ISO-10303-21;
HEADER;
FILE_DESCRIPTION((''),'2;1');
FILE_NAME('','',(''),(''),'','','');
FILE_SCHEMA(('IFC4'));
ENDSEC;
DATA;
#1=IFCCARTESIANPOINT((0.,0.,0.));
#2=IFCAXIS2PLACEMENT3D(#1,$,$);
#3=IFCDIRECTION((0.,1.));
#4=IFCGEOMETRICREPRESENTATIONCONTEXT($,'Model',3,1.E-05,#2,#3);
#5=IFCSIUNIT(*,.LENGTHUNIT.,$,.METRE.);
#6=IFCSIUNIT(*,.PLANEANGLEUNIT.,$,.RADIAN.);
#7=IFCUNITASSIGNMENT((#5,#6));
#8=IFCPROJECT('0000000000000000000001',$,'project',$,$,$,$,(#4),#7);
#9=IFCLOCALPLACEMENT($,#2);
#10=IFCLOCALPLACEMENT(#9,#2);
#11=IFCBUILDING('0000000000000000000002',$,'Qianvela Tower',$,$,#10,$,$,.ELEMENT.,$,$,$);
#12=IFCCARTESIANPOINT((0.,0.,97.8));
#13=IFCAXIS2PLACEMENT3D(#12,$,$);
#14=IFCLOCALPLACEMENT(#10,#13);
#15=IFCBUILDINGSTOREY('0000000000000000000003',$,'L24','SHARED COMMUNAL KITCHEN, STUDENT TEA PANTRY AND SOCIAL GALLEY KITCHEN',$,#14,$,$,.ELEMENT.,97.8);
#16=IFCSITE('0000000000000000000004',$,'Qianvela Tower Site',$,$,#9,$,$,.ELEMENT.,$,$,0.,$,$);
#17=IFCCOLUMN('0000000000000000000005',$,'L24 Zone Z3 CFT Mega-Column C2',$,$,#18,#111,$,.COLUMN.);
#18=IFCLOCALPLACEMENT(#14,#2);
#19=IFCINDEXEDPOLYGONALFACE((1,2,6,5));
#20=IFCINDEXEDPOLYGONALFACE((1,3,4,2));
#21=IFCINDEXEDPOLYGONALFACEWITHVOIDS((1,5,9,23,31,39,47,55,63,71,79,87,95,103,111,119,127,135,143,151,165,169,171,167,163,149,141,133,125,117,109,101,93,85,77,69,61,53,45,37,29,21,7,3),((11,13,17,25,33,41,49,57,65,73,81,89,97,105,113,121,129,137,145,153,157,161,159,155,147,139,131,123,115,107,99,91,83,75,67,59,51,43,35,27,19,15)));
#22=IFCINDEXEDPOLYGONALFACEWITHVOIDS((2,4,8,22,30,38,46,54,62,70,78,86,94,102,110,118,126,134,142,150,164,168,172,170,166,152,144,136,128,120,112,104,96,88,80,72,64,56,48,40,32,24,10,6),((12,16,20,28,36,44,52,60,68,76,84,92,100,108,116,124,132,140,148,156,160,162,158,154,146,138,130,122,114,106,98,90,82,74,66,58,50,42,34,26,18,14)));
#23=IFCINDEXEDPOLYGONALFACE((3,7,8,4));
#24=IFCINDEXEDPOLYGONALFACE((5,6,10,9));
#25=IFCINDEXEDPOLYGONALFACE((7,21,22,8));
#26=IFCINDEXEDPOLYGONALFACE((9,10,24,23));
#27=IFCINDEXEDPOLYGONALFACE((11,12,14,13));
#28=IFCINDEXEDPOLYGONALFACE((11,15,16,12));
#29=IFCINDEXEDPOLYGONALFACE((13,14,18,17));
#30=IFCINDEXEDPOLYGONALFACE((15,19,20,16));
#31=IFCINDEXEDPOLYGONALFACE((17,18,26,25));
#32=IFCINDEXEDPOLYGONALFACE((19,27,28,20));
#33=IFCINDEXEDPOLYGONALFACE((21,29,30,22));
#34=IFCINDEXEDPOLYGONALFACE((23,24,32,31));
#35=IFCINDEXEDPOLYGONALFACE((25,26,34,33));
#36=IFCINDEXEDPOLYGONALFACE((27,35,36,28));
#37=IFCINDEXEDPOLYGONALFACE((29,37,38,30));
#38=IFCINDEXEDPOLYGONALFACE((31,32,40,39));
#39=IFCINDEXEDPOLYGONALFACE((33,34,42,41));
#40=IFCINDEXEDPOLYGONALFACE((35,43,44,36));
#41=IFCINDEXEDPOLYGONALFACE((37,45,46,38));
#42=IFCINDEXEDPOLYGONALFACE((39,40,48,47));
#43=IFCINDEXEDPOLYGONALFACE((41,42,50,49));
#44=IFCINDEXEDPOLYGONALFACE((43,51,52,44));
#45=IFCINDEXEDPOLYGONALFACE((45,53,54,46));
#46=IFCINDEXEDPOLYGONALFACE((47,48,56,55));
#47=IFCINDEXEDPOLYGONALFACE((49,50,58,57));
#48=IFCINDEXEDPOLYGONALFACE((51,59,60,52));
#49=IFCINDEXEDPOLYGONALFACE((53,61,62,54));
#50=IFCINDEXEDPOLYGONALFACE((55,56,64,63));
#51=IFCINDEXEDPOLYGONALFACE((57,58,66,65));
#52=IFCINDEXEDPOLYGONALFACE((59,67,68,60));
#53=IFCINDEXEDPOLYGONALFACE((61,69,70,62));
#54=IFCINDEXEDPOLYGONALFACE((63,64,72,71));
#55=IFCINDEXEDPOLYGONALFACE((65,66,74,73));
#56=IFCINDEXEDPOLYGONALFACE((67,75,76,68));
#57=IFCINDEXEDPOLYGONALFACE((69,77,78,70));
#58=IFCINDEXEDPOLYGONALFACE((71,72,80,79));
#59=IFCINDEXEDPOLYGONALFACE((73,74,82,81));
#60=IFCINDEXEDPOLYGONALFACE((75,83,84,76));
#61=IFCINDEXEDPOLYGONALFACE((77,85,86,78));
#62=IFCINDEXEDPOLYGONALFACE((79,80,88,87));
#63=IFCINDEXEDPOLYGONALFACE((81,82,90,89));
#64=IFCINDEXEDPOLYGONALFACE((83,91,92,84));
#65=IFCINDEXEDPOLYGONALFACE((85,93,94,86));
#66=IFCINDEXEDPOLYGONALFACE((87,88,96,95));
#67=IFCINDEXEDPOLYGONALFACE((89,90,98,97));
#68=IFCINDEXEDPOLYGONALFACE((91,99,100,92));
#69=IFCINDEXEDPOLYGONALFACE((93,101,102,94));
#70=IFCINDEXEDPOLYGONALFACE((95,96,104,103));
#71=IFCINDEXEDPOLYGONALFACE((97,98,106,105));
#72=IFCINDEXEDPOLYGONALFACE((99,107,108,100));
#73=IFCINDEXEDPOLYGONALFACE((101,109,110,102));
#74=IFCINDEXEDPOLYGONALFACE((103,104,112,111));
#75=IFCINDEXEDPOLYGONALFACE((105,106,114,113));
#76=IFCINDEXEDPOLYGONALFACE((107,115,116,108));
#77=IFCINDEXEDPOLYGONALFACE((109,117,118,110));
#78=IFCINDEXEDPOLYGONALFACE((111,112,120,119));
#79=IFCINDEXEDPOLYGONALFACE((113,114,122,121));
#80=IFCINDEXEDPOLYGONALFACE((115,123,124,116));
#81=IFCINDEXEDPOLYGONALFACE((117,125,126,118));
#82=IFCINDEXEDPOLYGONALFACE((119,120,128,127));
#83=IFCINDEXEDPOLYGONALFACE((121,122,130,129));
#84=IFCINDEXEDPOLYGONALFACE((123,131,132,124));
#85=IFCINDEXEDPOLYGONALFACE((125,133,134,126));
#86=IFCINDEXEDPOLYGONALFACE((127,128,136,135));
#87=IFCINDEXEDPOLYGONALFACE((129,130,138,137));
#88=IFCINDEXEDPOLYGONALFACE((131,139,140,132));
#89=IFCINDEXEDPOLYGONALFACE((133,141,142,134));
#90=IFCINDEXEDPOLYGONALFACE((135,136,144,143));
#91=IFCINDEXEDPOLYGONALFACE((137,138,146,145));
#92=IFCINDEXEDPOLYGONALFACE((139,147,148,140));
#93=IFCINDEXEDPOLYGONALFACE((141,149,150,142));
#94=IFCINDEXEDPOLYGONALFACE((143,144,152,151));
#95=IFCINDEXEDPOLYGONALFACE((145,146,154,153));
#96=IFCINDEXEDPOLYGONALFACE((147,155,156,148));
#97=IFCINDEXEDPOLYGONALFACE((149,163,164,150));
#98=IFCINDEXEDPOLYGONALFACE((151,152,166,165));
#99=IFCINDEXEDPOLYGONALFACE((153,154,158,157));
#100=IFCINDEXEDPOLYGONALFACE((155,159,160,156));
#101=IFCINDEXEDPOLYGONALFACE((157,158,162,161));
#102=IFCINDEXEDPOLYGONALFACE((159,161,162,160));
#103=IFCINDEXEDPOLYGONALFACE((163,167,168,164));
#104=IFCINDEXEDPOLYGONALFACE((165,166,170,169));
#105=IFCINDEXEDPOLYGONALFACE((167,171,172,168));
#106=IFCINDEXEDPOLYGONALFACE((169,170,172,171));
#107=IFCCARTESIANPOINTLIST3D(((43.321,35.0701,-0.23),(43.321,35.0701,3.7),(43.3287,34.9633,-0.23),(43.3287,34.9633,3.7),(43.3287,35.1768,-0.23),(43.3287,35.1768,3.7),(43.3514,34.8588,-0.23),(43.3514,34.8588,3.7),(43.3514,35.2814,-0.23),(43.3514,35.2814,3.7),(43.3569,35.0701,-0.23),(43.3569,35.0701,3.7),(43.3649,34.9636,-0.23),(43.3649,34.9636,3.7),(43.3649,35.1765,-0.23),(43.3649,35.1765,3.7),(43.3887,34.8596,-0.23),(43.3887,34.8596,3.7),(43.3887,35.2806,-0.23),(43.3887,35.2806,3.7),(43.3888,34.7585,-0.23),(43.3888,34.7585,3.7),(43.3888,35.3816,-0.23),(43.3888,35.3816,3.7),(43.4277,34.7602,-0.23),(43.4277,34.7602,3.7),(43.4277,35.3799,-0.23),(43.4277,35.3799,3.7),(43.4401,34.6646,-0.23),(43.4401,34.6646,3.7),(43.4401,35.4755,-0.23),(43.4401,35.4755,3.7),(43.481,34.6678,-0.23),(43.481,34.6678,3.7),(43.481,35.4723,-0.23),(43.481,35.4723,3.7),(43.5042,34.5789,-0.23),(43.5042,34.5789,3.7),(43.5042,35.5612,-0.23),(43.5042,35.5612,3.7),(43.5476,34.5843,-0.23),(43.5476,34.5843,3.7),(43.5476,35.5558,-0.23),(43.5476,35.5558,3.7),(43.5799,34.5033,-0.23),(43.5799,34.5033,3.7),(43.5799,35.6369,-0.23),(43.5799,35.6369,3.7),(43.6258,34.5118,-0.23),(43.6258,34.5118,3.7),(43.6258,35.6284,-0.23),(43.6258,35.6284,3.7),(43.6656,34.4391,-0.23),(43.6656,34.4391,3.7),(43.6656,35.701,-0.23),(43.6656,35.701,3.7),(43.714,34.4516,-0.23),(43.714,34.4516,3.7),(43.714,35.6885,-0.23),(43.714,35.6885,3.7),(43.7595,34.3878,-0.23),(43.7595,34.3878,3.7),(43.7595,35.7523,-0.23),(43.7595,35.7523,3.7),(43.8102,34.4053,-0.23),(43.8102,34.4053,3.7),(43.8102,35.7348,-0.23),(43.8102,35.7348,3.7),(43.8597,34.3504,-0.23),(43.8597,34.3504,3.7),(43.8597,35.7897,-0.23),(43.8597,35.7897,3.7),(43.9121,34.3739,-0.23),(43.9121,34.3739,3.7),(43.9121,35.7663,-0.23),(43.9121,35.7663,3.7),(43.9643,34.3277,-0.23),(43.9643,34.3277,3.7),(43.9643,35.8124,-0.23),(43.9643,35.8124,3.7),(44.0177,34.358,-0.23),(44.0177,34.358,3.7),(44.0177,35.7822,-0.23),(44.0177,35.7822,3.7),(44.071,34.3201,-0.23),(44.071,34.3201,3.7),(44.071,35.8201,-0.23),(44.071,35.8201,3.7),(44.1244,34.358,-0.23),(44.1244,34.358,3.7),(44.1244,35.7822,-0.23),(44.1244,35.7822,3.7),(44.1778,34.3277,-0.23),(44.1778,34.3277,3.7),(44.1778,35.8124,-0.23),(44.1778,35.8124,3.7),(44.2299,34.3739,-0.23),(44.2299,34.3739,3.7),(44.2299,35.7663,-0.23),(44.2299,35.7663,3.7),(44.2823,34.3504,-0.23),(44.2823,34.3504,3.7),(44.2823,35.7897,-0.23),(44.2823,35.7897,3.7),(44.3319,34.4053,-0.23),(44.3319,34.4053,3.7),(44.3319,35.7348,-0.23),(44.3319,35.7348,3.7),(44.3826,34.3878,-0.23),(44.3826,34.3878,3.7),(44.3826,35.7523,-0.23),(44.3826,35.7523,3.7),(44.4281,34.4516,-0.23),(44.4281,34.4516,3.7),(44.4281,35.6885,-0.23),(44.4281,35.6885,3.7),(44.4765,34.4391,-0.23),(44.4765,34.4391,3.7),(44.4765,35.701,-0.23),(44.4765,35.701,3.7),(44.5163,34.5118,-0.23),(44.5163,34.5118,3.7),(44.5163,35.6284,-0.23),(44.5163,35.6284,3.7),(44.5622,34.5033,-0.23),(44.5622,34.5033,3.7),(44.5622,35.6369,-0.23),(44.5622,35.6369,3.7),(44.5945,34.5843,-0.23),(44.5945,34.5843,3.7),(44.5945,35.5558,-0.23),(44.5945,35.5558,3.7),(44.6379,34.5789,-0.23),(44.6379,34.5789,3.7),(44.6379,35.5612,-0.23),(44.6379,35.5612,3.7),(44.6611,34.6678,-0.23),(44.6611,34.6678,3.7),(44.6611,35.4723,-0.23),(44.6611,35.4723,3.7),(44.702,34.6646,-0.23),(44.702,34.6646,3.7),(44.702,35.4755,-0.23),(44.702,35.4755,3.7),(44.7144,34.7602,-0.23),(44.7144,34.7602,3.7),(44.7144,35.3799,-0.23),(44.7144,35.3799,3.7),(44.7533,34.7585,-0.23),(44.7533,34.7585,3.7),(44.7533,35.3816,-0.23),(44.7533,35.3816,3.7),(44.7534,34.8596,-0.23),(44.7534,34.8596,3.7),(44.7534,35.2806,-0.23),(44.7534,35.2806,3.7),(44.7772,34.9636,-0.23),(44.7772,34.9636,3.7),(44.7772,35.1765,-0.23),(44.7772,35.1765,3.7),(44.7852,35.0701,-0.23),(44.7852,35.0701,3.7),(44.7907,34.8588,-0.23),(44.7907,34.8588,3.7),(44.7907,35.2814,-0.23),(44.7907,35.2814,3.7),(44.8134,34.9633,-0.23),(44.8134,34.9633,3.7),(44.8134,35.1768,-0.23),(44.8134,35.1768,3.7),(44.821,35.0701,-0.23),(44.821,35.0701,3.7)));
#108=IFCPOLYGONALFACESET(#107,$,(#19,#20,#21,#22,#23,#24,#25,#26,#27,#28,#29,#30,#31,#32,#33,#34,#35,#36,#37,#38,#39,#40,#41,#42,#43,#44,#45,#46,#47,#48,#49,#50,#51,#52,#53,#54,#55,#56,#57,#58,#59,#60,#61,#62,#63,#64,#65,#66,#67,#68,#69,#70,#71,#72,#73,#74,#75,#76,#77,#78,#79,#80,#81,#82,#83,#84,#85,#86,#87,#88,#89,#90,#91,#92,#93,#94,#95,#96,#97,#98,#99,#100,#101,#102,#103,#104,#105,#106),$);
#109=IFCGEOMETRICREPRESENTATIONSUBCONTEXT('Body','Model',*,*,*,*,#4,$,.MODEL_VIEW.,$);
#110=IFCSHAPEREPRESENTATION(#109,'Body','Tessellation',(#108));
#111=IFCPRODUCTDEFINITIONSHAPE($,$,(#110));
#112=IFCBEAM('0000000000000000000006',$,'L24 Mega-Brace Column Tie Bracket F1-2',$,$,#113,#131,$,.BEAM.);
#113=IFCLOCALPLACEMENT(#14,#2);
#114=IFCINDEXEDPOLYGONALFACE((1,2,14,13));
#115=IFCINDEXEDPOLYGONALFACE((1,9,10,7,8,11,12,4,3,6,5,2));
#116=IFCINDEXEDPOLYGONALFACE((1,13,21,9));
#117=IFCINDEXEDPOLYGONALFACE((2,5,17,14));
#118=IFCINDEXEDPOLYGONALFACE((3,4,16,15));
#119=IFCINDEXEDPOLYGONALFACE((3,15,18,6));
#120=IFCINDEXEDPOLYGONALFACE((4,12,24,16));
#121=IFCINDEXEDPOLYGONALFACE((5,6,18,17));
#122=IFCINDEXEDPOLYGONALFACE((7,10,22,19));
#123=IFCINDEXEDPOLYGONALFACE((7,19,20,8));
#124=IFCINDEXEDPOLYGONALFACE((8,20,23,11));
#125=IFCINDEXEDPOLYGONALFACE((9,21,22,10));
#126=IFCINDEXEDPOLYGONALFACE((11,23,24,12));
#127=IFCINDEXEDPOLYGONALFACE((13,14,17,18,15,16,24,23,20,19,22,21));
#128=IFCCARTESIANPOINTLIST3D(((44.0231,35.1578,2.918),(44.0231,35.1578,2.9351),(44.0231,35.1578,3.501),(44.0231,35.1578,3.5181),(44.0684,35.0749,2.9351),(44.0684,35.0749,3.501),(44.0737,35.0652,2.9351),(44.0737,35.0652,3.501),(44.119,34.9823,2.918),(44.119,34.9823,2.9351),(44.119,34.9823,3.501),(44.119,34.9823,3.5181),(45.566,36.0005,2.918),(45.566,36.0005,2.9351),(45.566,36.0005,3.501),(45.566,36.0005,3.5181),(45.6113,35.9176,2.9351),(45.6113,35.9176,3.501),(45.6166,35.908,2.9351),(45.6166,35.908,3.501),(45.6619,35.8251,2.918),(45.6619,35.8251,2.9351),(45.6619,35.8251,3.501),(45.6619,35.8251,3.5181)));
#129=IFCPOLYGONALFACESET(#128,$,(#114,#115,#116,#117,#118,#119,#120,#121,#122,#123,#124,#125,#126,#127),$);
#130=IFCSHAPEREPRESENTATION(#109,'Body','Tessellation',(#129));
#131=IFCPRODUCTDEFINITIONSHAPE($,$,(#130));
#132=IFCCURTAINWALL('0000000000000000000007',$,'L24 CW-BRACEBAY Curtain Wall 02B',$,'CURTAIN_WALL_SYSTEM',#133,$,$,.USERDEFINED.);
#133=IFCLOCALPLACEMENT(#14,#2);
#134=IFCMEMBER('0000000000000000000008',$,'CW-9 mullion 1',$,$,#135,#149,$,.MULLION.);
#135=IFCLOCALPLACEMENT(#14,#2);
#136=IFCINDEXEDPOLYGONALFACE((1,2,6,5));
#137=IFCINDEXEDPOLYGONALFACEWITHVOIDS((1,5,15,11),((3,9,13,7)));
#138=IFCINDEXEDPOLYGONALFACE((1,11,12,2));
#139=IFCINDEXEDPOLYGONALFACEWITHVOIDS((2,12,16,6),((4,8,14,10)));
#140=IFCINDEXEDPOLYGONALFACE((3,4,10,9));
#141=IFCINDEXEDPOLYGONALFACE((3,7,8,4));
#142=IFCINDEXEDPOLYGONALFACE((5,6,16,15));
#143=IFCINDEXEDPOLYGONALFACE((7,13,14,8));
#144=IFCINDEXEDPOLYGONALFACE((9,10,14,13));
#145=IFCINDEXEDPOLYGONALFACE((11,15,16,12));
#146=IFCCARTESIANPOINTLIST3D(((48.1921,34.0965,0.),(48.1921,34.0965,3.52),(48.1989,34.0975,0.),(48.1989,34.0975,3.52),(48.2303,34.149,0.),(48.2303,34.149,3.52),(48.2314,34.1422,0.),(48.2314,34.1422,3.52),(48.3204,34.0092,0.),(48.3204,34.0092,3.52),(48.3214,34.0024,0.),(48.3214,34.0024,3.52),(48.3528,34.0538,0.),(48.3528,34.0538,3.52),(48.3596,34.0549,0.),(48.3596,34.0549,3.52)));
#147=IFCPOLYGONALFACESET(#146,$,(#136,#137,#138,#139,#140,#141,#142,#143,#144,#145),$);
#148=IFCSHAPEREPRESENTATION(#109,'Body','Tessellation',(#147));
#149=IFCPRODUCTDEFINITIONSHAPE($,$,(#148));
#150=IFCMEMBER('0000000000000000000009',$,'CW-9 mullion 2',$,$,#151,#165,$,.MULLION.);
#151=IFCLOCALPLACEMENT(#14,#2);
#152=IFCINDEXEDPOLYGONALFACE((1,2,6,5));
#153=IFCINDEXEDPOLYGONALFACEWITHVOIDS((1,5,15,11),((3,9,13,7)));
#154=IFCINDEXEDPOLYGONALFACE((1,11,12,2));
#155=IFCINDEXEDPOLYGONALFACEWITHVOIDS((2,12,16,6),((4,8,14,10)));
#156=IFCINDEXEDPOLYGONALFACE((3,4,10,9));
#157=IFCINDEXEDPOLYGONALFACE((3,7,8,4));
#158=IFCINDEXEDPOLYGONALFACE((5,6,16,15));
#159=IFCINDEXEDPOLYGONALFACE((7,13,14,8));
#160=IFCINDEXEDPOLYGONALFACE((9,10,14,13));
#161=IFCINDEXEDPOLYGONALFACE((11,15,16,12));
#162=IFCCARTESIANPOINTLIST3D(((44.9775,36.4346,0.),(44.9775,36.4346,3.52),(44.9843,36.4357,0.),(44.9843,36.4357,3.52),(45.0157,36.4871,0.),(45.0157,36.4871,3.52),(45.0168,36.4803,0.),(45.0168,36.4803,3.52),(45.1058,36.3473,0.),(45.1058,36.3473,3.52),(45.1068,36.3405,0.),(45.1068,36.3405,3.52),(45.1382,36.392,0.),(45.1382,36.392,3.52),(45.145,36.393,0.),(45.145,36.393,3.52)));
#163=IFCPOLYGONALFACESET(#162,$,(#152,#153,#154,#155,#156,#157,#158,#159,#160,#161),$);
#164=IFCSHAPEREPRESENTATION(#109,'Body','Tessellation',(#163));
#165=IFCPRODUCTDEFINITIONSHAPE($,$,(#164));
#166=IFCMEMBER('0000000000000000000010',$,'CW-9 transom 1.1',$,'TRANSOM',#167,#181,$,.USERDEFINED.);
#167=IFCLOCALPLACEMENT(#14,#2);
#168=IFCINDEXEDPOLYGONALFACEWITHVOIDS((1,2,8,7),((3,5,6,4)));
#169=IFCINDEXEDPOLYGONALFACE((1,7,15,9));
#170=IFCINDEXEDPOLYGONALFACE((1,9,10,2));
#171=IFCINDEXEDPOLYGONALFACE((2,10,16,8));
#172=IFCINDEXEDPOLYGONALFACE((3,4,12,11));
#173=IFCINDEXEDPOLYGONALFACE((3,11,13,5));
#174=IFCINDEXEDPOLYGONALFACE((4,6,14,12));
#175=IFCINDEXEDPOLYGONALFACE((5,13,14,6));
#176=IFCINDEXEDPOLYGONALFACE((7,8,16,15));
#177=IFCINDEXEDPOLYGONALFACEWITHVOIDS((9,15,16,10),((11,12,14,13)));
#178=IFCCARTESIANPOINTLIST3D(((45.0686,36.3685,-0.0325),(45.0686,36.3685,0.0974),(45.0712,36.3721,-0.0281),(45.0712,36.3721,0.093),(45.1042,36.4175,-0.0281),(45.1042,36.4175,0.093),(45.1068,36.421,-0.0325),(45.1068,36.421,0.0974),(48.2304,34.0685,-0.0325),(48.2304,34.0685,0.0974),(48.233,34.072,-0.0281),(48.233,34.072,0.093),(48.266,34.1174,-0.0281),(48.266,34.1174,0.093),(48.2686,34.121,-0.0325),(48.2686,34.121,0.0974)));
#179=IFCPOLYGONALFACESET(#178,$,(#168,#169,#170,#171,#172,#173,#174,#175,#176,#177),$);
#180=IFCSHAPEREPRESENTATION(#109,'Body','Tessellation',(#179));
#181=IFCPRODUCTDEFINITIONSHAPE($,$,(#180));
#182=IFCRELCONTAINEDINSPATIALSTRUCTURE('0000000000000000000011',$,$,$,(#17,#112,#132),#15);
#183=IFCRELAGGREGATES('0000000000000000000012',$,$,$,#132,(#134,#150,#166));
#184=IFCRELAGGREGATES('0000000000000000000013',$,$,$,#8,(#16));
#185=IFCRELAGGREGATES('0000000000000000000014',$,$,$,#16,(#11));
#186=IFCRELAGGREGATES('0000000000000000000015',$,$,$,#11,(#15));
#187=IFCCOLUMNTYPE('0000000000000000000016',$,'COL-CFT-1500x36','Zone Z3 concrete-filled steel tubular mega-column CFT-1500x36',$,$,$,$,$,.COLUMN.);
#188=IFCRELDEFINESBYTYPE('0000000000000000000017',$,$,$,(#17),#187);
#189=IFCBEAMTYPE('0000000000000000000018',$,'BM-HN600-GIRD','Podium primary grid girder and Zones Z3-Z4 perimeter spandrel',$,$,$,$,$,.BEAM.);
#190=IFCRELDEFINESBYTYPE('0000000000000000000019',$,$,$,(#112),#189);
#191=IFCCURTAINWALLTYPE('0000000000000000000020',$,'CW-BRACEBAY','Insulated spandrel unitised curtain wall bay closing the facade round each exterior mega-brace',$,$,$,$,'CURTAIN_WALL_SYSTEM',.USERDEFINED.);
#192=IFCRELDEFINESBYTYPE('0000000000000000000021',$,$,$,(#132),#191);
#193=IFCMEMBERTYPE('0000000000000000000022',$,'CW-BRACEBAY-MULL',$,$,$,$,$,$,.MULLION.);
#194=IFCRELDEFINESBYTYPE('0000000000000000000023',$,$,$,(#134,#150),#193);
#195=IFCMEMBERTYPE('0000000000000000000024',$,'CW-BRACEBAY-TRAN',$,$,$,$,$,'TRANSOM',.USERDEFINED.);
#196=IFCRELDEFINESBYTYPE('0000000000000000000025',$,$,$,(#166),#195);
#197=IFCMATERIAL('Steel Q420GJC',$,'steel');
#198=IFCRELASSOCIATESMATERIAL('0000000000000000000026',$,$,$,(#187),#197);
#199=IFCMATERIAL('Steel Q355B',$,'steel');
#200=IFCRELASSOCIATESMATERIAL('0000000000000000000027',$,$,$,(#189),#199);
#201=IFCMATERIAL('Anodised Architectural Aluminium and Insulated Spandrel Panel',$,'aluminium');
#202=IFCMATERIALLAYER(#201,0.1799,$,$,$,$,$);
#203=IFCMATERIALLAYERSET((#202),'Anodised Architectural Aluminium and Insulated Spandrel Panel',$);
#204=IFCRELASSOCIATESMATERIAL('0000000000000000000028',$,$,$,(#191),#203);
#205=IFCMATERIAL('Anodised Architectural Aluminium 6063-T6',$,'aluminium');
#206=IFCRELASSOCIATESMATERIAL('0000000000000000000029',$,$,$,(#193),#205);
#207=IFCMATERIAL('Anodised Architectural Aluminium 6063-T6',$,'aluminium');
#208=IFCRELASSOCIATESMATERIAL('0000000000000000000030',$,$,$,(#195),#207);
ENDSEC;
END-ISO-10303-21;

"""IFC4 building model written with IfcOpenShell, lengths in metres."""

from ifc_helpers import new_model, si_unit, direction, frame, origin, origin_2d, place, context, subcontext, project, spatial, hollow_rectangle, hollow_circle, i_section, extrude, material, layer, layer_set, material_profile, profile_set, type_object, element, aggregate, save


model = new_model("IFC4")

# Units and contexts
model_context = context("Model", 3, precision=1e-05, world=origin(), true_north=direction((0.0, 1.0)))
body_context = subcontext(model_context, "Body", "Model", "MODEL_VIEW")
ifc_project = project(units=[si_unit("LENGTHUNIT", "METRE"), si_unit("PLANEANGLEUNIT", "RADIAN")], contexts=[model_context])

# Site, building, storey
site_placement = place(None, origin())
site = spatial("IfcSite", under=ifc_project, at=site_placement, Name="Qianvela Tower Site", CompositionType="ELEMENT", RefElevation=0.0)
building_placement = place(site_placement, origin())
building = spatial("IfcBuilding", under=site, at=building_placement, Name="Qianvela Tower", CompositionType="ELEMENT")
storey_placement = place(building_placement, frame((0.0, 0.0, 97.8)))
storey = spatial("IfcBuildingStorey", under=building, at=storey_placement, Name="L24", Description="SHARED COMMUNAL KITCHEN, STUDENT TEA PANTRY AND SOCIAL GALLEY KITCHEN", CompositionType="ELEMENT", Elevation=97.8)

# Column
ifc_material_1 = material(Name="Steel Q420GJC", Category="steel")
ifc_material_profile_1 = material_profile(ifc_material_1, hollow_circle(Radius=0.75, WallThickness=0.0359, at=origin_2d()), Name="CFT-1500x36")
ifc_profile_set_1 = profile_set([ifc_material_profile_1], Name="Steel Q420GJC")
column_type = type_object("IfcColumnType", Name="COL-CFT-1500x36", Description="Zone Z3 concrete-filled steel tubular mega-column CFT-1500x36", PredefinedType="COLUMN", material=ifc_profile_set_1)
column_placement = place(storey_placement, frame((44.071, 35.0701, -0.23), z_axis=(0.0, 0.0, 1.0), x_axis=(1.0, 0.0, 0.0)))
element("IfcColumn", 1, at=column_placement, inside=storey, type_object=column_type, Name="L24 Zone Z3 CFT Mega-Column C2", PredefinedType="COLUMN", context=body_context, shape_type="SweptSolid", body=[
    extrude(hollow_circle(Radius=0.75, WallThickness=0.0359, at=origin_2d()), origin(), (0.0, 0.0, 1.0), 3.9299),
])

# Beam
ifc_material_2 = material(Name="Steel Q355B", Category="steel")
ifc_material_profile_2 = material_profile(ifc_material_2, i_section(OverallWidth=0.2, OverallDepth=0.6001, WebThickness=0.011, FlangeThickness=0.0171, at=origin_2d()), Name="HN600x200x11x17")
ifc_profile_set_2 = profile_set([ifc_material_profile_2], Name="Steel Q355B")
beam_type = type_object("IfcBeamType", Name="BM-HN600-GIRD", Description="Podium primary grid girder and Zones Z3-Z4 perimeter spandrel", PredefinedType="BEAM", material=ifc_profile_set_2)
beam_placement = place(storey_placement, frame((44.071, 35.0701, 3.218), z_axis=(0.877619, 0.479358, 0.0), x_axis=(-0.479358, 0.877619, 0.0)))
element("IfcBeam", 2, at=beam_placement, inside=storey, type_object=beam_type, Name="L24 Mega-Brace Column Tie Bracket F1-2", PredefinedType="BEAM", context=body_context, shape_type="SweptSolid", body=[
    extrude(i_section(OverallWidth=0.2, OverallDepth=0.6001, WebThickness=0.011, FlangeThickness=0.0171, at=origin_2d()), origin(), (0.0, 0.0, 1.0), 1.7581),
])

# Curtain wall, members
ifc_material_3 = material(Name="Anodised Architectural Aluminium and Insulated Spandrel Panel", Category="aluminium")
ifc_layer_1 = layer(ifc_material_3, 0.1799)
ifc_layer_set_1 = layer_set([ifc_layer_1], Name="Anodised Architectural Aluminium and Insulated Spandrel Panel")
curtain_wall_type_1 = type_object("IfcCurtainWallType", Name="CW-BRACEBAY", Description="Insulated spandrel unitised curtain wall bay closing the facade round each exterior mega-brace", ElementType="CURTAIN_WALL_SYSTEM", PredefinedType="USERDEFINED", material=ifc_layer_set_1)
curtain_wall_1_placement = place(storey_placement, origin())
curtain_wall_1 = element("IfcCurtainWall", 3, at=curtain_wall_1_placement, inside=storey, type_object=curtain_wall_type_1, Name="L24 CW-BRACEBAY Curtain Wall 02B", ObjectType="CURTAIN_WALL_SYSTEM", PredefinedType="USERDEFINED")
ifc_material_4 = material(Name="Anodised Architectural Aluminium 6063-T6", Category="aluminium")
ifc_material_profile_3 = material_profile(ifc_material_4, hollow_rectangle(XDim=0.0649, YDim=0.1599, WallThickness=0.0049, at=origin_2d()), Name="ALU-MULL-65x160")
ifc_profile_set_3 = profile_set([ifc_material_profile_3], Name="Anodised Architectural Aluminium 6063-T6")
member_type_1 = type_object("IfcMemberType", Name="CW-BRACEBAY-MULL", PredefinedType="MULLION", material=ifc_profile_set_3)
member_1_placement = place(storey_placement, frame((48.2759, 34.0757, 0.0), z_axis=(0.0, 0.0, 1.0), x_axis=(-0.588241, -0.808686, 0.0)))
member_1 = element("IfcMember", 4, at=member_1_placement, type_object=member_type_1, Name="CW-9 mullion 1", PredefinedType="MULLION", context=body_context, shape_type="SweptSolid", body=[
    extrude(hollow_rectangle(XDim=0.0649, YDim=0.1599, WallThickness=0.0049, at=origin_2d()), origin(), (0.0, 0.0, 1.0), 3.52),
])
member_2_placement = place(storey_placement, frame((45.0613, 36.4138, 0.0), z_axis=(0.0, 0.0, 1.0), x_axis=(-0.588241, -0.808686, 0.0)))
member_2 = element("IfcMember", 5, at=member_2_placement, type_object=member_type_1, Name="CW-9 mullion 2", PredefinedType="MULLION", context=body_context, shape_type="SweptSolid", body=[
    extrude(hollow_rectangle(XDim=0.0649, YDim=0.1599, WallThickness=0.0049, at=origin_2d()), origin(), (0.0, 0.0, 1.0), 3.52),
])
ifc_material_5 = material(Name="Anodised Architectural Aluminium 6063-T6", Category="aluminium")
ifc_material_profile_4 = material_profile(ifc_material_5, hollow_rectangle(XDim=0.0649, YDim=0.1299, WallThickness=0.0044, at=origin_2d()), Name="ALU-TRAN-65x130")
ifc_profile_set_4 = profile_set([ifc_material_profile_4], Name="Anodised Architectural Aluminium 6063-T6")
member_type_2 = type_object("IfcMemberType", Name="CW-BRACEBAY-TRAN", ElementType="TRANSOM", PredefinedType="USERDEFINED", material=ifc_profile_set_4)
member_3_placement = place(storey_placement, frame((48.2495, 34.0947, 0.0325), z_axis=(-0.808674, 0.588257, 0.0), x_axis=(-0.588257, -0.808674, 0.0)))
member_3 = element("IfcMember", 6, at=member_3_placement, type_object=member_type_2, Name="CW-9 transom 1.1", ObjectType="TRANSOM", PredefinedType="USERDEFINED", context=body_context, shape_type="SweptSolid", body=[
    extrude(hollow_rectangle(XDim=0.0649, YDim=0.1299, WallThickness=0.0044, at=origin_2d()), origin(), (0.0, 0.0, 1.0), 3.9099),
])

aggregate(curtain_wall_1, [member_1, member_2, member_3])

save(model, "model.ifc")
